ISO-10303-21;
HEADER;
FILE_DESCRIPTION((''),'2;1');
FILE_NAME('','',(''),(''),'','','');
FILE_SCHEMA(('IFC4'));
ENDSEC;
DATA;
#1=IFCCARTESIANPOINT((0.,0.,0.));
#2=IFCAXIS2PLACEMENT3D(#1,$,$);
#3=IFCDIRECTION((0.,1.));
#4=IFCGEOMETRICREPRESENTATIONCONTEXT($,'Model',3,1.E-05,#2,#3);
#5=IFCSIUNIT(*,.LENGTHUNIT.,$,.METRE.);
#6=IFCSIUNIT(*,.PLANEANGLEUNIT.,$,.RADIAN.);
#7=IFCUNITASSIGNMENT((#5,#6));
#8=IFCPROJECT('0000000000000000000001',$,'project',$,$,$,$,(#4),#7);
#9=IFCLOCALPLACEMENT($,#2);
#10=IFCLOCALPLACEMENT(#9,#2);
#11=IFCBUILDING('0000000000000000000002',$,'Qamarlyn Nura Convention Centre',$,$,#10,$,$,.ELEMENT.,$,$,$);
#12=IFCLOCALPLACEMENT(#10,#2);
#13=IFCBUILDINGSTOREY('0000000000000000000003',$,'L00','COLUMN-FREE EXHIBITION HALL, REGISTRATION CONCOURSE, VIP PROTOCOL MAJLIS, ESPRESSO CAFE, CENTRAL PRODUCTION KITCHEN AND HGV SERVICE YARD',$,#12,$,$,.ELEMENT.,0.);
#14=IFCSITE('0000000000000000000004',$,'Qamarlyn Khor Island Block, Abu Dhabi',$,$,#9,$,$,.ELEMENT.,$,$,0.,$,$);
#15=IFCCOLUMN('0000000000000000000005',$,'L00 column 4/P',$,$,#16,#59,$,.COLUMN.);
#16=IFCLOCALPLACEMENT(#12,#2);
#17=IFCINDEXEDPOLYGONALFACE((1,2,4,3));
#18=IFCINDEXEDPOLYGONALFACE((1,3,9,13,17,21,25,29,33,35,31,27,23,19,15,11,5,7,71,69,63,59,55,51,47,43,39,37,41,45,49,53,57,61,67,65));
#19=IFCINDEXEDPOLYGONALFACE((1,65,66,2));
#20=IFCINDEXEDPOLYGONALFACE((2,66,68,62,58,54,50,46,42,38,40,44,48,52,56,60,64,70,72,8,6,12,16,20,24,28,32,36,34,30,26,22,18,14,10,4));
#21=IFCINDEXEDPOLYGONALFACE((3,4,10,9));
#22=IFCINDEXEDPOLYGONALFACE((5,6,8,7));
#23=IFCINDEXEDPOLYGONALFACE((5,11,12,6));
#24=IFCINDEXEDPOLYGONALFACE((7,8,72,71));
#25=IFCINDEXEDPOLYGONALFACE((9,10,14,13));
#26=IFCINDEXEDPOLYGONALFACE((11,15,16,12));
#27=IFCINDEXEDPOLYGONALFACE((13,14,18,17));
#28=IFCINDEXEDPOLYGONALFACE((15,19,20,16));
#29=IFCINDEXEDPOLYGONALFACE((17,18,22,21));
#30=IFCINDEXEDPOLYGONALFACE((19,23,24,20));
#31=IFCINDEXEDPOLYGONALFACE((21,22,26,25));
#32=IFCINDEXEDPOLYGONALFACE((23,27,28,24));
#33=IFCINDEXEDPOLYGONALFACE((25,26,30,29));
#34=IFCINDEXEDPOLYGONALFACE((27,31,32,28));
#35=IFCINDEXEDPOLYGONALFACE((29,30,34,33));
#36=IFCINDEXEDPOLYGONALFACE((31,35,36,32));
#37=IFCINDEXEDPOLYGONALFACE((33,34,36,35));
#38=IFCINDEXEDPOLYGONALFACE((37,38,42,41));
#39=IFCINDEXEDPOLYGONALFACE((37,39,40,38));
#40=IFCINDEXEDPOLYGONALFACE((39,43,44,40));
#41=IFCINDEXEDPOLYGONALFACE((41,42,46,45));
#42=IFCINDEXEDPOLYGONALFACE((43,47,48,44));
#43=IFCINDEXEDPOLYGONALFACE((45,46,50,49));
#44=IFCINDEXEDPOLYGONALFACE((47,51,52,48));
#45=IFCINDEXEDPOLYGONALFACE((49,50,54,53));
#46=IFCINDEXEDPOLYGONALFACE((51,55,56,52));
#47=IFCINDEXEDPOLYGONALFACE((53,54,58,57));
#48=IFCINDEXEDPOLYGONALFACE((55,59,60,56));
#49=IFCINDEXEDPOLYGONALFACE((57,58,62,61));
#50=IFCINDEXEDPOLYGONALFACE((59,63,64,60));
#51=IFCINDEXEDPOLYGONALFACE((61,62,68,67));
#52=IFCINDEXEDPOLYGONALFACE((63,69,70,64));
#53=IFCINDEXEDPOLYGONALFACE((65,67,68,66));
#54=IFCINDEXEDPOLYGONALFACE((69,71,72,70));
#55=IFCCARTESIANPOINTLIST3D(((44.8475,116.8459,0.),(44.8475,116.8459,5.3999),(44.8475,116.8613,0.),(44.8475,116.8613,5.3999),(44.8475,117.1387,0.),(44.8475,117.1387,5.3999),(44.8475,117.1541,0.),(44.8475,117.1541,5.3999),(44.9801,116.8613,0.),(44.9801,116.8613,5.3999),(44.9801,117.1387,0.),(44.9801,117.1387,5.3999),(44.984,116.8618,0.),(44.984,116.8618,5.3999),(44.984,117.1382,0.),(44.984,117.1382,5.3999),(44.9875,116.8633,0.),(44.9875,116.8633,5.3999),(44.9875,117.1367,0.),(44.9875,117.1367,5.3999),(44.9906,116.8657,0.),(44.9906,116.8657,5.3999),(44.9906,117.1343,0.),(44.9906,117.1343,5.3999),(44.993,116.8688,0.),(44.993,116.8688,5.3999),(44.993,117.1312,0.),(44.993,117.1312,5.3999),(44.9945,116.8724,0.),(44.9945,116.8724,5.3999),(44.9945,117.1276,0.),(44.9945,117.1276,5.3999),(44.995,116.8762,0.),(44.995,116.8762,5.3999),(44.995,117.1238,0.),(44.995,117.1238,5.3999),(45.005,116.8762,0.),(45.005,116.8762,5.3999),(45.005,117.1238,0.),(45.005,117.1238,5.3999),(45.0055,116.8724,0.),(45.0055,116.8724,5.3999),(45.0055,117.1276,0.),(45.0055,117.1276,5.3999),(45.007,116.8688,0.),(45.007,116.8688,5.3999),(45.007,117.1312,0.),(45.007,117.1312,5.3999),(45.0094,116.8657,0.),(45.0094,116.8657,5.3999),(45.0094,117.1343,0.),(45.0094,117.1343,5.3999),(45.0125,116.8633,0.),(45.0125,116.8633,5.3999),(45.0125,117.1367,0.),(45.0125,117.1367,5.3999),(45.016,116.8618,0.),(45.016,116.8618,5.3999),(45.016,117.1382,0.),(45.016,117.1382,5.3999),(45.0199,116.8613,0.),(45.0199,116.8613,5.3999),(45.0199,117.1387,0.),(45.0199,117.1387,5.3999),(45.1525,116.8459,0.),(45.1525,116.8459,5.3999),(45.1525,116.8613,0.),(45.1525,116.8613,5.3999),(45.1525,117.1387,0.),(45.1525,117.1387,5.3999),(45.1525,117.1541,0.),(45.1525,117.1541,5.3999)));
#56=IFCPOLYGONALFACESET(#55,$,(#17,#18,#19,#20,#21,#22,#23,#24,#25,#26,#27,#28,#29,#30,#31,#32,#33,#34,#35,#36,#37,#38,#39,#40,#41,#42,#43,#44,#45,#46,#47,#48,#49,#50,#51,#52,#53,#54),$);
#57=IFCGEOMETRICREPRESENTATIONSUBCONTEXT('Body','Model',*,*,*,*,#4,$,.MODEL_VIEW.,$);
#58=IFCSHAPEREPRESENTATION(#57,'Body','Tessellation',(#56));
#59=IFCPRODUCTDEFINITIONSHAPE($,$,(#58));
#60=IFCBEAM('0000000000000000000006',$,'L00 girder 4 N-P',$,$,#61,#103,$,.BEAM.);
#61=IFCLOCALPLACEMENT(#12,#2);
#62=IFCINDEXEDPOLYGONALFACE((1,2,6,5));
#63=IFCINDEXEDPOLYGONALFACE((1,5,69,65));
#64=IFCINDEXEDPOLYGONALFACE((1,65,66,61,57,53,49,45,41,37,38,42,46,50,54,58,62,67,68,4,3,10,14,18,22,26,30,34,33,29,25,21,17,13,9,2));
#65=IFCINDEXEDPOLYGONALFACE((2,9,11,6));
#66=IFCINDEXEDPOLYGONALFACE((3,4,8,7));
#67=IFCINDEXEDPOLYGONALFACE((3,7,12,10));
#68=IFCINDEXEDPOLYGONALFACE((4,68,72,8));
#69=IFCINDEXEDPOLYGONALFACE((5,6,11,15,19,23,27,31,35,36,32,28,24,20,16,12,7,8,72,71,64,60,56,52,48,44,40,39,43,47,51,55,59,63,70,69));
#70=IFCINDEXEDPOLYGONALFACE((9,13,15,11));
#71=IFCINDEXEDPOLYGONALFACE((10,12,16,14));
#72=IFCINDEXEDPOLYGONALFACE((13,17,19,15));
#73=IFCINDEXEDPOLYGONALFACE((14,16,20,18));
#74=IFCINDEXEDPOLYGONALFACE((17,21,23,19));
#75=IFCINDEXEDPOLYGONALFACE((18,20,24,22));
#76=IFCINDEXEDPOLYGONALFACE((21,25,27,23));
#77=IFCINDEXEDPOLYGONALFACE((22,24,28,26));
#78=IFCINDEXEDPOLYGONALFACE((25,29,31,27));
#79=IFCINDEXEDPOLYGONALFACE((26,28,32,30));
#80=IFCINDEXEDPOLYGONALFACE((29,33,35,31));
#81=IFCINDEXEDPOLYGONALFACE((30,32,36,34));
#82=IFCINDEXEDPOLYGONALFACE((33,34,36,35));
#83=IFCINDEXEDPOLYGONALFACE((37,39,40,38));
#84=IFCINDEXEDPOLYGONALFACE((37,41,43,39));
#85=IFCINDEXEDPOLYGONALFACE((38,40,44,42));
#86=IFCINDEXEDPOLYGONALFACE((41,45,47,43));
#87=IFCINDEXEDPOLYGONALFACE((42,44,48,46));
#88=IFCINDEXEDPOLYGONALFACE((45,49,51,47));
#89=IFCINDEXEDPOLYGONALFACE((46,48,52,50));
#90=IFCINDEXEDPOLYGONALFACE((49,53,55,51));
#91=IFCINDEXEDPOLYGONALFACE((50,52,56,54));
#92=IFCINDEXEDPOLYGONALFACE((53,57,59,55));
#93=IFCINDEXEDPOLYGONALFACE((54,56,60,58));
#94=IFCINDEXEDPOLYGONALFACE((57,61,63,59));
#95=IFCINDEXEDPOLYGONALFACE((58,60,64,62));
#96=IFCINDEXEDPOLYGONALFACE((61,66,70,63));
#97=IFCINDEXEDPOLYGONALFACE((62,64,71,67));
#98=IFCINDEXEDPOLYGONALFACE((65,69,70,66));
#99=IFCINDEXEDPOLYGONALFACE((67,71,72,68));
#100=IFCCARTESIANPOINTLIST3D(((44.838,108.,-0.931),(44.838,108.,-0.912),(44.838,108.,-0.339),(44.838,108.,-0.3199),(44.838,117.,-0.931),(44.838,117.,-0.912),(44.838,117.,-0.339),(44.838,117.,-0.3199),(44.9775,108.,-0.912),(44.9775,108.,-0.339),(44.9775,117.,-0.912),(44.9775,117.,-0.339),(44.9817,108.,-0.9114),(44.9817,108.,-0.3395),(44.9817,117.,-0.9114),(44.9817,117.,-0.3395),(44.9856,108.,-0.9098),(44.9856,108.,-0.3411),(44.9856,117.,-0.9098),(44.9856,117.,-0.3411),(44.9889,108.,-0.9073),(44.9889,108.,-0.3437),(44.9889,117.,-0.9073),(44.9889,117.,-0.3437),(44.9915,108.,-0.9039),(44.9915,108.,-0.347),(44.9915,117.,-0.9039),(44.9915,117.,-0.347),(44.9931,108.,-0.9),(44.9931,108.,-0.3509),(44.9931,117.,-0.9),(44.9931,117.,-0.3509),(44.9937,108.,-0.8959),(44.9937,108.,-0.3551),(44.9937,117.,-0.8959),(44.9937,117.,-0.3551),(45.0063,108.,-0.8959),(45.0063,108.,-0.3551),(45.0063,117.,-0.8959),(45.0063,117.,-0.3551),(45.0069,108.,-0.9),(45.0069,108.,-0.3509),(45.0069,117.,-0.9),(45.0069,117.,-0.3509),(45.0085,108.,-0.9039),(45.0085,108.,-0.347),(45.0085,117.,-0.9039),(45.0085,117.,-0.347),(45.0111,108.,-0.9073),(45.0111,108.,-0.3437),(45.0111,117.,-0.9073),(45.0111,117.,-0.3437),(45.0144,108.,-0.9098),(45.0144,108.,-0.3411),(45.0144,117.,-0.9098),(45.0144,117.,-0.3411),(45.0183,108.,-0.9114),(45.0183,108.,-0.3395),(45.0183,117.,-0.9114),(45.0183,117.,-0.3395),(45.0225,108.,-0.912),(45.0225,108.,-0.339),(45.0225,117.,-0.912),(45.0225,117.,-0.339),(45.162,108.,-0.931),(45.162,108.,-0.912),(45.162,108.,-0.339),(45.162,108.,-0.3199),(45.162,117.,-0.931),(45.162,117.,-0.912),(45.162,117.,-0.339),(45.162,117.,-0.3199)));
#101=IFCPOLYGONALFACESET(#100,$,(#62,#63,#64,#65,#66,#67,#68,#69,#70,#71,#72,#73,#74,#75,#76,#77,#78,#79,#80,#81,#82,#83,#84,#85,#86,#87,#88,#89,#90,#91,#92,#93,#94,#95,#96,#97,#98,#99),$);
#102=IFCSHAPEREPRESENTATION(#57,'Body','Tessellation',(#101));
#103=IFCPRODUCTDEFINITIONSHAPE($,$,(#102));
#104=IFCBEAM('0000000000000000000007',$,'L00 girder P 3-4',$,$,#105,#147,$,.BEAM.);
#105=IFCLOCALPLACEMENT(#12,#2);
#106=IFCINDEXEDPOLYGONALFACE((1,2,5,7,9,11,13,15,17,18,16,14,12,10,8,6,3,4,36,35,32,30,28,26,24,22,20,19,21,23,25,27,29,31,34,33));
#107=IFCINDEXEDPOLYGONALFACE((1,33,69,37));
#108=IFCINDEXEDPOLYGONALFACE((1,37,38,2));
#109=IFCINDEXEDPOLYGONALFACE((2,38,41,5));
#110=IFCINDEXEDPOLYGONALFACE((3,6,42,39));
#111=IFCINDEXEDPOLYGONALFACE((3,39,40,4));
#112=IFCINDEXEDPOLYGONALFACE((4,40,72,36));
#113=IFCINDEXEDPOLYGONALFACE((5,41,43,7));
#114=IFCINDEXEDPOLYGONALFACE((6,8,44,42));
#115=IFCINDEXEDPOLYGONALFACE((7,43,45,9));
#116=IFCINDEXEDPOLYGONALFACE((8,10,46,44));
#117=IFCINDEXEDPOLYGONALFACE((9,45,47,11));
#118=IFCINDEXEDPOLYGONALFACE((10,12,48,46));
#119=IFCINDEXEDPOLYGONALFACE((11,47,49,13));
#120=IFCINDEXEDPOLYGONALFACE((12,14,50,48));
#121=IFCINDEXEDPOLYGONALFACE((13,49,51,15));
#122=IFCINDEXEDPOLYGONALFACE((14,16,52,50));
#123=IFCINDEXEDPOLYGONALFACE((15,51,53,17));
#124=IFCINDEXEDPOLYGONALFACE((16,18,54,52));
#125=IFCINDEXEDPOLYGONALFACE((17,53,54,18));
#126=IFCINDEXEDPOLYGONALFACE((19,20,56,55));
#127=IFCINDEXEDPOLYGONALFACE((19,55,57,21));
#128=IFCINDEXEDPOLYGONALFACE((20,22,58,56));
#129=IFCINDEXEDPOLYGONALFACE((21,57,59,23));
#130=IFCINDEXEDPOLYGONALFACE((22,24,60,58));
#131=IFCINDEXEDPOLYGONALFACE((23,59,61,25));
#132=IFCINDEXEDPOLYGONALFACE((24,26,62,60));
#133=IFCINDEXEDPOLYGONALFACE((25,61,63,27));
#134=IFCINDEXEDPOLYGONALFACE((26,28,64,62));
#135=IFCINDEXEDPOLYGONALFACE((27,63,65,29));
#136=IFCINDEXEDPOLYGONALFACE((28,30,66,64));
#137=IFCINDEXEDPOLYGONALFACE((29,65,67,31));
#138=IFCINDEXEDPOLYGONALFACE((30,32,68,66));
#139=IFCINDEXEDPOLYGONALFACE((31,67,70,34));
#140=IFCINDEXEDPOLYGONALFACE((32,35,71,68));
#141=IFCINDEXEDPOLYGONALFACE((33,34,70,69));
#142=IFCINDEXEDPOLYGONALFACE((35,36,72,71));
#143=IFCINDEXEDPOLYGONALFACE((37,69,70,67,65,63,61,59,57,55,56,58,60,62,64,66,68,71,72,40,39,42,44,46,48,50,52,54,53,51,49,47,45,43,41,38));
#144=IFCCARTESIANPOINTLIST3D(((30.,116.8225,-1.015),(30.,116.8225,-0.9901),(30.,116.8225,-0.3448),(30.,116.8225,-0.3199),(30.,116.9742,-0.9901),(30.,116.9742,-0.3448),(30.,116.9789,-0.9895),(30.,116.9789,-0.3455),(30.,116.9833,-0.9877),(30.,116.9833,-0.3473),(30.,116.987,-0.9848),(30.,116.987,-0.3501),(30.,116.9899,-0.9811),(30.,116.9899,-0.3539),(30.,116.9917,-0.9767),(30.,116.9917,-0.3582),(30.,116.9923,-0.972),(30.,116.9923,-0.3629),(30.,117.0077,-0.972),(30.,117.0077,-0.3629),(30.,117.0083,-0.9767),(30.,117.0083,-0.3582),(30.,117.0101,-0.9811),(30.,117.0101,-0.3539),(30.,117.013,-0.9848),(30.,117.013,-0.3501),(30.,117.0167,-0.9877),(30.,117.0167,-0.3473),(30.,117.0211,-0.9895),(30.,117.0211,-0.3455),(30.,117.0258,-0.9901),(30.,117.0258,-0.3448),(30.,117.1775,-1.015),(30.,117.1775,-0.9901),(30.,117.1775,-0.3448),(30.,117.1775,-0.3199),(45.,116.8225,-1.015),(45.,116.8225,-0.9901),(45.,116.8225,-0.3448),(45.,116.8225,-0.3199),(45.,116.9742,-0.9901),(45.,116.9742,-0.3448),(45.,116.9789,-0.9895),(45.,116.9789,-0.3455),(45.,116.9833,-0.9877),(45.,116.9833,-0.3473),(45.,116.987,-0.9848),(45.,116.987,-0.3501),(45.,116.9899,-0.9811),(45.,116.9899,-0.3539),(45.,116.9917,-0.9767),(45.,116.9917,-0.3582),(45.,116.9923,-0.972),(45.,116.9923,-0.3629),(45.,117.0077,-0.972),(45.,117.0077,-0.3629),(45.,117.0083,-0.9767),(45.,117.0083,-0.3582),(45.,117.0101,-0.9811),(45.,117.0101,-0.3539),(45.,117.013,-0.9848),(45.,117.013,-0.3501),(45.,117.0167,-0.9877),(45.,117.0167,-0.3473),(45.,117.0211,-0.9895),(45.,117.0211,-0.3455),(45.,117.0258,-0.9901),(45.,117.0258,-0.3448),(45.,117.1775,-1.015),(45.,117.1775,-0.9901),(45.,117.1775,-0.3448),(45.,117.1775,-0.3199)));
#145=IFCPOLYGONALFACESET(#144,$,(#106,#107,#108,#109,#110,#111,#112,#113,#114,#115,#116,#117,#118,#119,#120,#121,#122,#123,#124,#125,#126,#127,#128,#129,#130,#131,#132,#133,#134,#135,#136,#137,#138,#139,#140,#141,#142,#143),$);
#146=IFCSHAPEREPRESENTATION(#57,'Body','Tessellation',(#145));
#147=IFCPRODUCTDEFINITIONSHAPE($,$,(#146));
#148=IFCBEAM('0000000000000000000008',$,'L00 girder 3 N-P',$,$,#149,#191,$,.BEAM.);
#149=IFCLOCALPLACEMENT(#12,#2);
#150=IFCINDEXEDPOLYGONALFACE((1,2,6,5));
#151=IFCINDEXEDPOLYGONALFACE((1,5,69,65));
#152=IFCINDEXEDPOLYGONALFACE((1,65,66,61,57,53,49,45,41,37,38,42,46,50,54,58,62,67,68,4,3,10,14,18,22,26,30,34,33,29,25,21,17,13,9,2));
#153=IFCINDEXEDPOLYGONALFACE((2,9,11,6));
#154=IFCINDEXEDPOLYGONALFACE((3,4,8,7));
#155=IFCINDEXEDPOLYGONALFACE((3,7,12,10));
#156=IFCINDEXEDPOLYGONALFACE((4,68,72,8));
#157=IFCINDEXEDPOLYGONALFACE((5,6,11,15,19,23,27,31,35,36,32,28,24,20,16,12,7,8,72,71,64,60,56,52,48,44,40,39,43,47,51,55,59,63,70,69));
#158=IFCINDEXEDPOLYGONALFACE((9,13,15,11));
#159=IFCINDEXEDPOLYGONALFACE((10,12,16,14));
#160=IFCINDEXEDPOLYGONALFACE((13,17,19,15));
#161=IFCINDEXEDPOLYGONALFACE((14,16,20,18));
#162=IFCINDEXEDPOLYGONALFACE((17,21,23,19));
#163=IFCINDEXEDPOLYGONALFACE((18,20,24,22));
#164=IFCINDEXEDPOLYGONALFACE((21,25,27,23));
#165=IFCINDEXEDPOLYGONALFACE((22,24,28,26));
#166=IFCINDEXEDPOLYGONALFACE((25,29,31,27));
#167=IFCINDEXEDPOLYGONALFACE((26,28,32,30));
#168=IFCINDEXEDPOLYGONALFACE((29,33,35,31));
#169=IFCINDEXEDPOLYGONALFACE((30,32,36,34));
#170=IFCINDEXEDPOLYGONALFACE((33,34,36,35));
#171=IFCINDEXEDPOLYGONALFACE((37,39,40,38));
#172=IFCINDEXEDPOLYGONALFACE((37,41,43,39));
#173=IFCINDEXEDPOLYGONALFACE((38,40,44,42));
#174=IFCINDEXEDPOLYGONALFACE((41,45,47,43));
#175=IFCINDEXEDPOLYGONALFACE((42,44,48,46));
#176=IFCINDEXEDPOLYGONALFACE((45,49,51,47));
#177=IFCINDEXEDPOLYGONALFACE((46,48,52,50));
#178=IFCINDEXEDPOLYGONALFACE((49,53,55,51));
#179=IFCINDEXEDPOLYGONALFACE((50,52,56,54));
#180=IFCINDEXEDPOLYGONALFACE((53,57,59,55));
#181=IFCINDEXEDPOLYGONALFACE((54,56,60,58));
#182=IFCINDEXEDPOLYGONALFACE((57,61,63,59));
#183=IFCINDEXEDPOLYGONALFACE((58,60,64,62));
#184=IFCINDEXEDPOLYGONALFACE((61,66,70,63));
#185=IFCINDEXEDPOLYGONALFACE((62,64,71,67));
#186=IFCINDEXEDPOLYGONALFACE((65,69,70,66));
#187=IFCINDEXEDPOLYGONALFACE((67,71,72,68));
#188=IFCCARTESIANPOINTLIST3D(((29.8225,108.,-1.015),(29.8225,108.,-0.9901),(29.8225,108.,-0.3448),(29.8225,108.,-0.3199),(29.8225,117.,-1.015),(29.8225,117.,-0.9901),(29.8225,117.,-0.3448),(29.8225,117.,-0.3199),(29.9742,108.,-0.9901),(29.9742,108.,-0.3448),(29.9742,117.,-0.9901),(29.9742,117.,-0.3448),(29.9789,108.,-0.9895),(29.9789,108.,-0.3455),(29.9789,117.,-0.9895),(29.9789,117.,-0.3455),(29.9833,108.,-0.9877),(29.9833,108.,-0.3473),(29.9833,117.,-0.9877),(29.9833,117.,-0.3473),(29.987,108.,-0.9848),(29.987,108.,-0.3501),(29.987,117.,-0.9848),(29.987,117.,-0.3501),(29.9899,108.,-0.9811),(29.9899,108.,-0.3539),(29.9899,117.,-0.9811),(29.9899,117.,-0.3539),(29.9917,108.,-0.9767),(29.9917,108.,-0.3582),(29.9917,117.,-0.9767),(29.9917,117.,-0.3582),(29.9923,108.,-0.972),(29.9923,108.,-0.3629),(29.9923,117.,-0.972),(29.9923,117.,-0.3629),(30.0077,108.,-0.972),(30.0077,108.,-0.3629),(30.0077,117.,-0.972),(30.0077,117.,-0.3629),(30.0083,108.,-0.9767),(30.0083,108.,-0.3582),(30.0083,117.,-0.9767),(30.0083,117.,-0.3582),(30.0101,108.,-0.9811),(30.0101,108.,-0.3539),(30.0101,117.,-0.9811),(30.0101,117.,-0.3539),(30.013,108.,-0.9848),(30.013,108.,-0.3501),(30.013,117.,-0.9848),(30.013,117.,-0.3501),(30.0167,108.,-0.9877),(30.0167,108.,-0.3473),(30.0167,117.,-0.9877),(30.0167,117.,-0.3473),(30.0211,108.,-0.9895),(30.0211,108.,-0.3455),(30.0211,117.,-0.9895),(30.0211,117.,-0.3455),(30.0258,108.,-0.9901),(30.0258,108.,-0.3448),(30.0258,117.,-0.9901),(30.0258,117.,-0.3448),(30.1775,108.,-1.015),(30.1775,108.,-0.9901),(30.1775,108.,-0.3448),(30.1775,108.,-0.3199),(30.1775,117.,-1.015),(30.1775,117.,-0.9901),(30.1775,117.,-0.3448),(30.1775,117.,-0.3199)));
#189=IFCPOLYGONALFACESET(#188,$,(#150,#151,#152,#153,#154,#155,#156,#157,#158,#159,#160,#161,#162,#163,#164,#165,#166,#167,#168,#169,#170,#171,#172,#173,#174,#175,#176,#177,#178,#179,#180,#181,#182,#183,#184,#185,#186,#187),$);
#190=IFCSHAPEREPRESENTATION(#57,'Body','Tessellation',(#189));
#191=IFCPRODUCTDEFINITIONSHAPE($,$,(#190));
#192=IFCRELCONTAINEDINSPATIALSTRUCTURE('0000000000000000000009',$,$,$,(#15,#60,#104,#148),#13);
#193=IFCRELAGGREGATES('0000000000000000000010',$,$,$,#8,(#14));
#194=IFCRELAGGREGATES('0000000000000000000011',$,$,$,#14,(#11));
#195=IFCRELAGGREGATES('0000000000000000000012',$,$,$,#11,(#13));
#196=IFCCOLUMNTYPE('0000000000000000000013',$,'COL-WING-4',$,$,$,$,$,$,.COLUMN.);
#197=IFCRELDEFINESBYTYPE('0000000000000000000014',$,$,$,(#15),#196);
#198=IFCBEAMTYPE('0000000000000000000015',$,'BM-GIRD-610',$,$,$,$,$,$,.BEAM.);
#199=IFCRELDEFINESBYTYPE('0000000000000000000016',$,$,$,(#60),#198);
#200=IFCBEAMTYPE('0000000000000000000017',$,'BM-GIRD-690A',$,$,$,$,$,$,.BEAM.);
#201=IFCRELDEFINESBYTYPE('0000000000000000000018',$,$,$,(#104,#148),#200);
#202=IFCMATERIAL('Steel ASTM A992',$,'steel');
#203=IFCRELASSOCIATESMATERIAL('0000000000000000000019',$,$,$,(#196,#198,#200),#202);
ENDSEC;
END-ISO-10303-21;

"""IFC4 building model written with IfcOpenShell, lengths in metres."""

from ifc_helpers import new_model, si_unit, direction, frame, origin, origin_2d, place, context, subcontext, project, spatial, i_section, extrude, material, material_profile, profile_set, type_object, element, save


model = new_model("IFC4")

# Units and contexts
model_context = context("Model", 3, precision=1e-05, world=origin(), true_north=direction((0.0, 1.0)))
body_context = subcontext(model_context, "Body", "Model", "MODEL_VIEW")
ifc_project = project(units=[si_unit("LENGTHUNIT", "METRE"), si_unit("PLANEANGLEUNIT", "RADIAN")], contexts=[model_context])

# Site, building, storey
site_placement = place(None, origin())
site = spatial("IfcSite", under=ifc_project, at=site_placement, Name="Qamarlyn Khor Island Block, Abu Dhabi", CompositionType="ELEMENT", RefElevation=0.0)
building_placement = place(site_placement, origin())
building = spatial("IfcBuilding", under=site, at=building_placement, Name="Qamarlyn Nura Convention Centre", CompositionType="ELEMENT")
storey_placement = place(building_placement, origin())
storey = spatial("IfcBuildingStorey", under=building, at=storey_placement, Name="L00", Description="COLUMN-FREE EXHIBITION HALL, REGISTRATION CONCOURSE, VIP PROTOCOL MAJLIS, ESPRESSO CAFE, CENTRAL PRODUCTION KITCHEN AND HGV SERVICE YARD", CompositionType="ELEMENT", Elevation=0.0)

# Column
ifc_material_1 = material(Name="Steel ASTM A992", Category="steel")
ifc_material_profile_1 = material_profile(ifc_material_1, i_section(OverallWidth=0.3049, OverallDepth=0.3081, WebThickness=0.01, FlangeThickness=0.0154, FilletRadius=0.0149, at=origin_2d()), Name="W310X97")
ifc_profile_set_1 = profile_set([ifc_material_profile_1], Name="Steel ASTM A992")
column_type_1 = type_object("IfcColumnType", Name="COL-WING-4", PredefinedType="COLUMN", material=ifc_profile_set_1)
for number, where, z_axis, x_axis, name in (
    (1, (45.0, 117.0, 0.0), (0.0, 0.0, 1.0), (1.0, 0.0, 0.0), "L00 column 4/P"),
):
    element("IfcColumn", number, at=place(storey_placement, frame(where, z_axis=z_axis, x_axis=x_axis)), inside=storey, type_object=column_type_1, Name=name, PredefinedType="COLUMN", context=body_context, shape_type="SweptSolid", body=[
        extrude(i_section(OverallWidth=0.3049, OverallDepth=0.3081, WebThickness=0.01, FlangeThickness=0.0154, FilletRadius=0.0149, at=origin_2d()), origin(), (0.0, 0.0, 1.0), 5.3999),
    ])

# Beams
ifc_material_profile_2 = material_profile(ifc_material_1, i_section(OverallWidth=0.324, OverallDepth=0.6111, WebThickness=0.0127, FlangeThickness=0.019, FilletRadius=0.0161, at=origin_2d()), Name="W610X155")
ifc_profile_set_2 = profile_set([ifc_material_profile_2], Name="Steel ASTM A992")
beam_type_1 = type_object("IfcBeamType", Name="BM-GIRD-610", PredefinedType="BEAM", material=ifc_profile_set_2)
beam_1_placement = place(storey_placement, frame((45.0, 108.0, -0.6255), z_axis=(0.0, 1.0, 0.0), x_axis=(-1.0, 0.0, 0.0)))
element("IfcBeam", 2, at=beam_1_placement, inside=storey, type_object=beam_type_1, Name="L00 girder 4 N-P", PredefinedType="BEAM", context=body_context, shape_type="SweptSolid", body=[
    extrude(i_section(OverallWidth=0.324, OverallDepth=0.6111, WebThickness=0.0127, FlangeThickness=0.019, FilletRadius=0.0161, at=origin_2d()), origin(), (0.0, 0.0, 1.0), 9.0),
])
ifc_material_profile_3 = material_profile(ifc_material_1, i_section(OverallWidth=0.355, OverallDepth=0.6951, WebThickness=0.0154, FlangeThickness=0.0249, FilletRadius=0.0181, at=origin_2d()), Name="W690X217")
ifc_profile_set_3 = profile_set([ifc_material_profile_3], Name="Steel ASTM A992")
beam_type_2 = type_object("IfcBeamType", Name="BM-GIRD-690A", PredefinedType="BEAM", material=ifc_profile_set_3)
beam_2_placement = place(storey_placement, frame((30.0, 117.0, -0.6675), z_axis=(1.0, 0.0, 0.0), x_axis=(0.0, 1.0, 0.0)))
element("IfcBeam", 3, at=beam_2_placement, inside=storey, type_object=beam_type_2, Name="L00 girder P 3-4", PredefinedType="BEAM", context=body_context, shape_type="SweptSolid", body=[
    extrude(i_section(OverallWidth=0.355, OverallDepth=0.6951, WebThickness=0.0154, FlangeThickness=0.0249, FilletRadius=0.0181, at=origin_2d()), origin(), (0.0, 0.0, 1.0), 15.0),
])
beam_3_placement = place(storey_placement, frame((30.0, 108.0, -0.6675), z_axis=(0.0, 1.0, 0.0), x_axis=(-1.0, 0.0, 0.0)))
element("IfcBeam", 4, at=beam_3_placement, inside=storey, type_object=beam_type_2, Name="L00 girder 3 N-P", PredefinedType="BEAM", context=body_context, shape_type="SweptSolid", body=[
    extrude(i_section(OverallWidth=0.355, OverallDepth=0.6951, WebThickness=0.0154, FlangeThickness=0.0249, FilletRadius=0.0181, at=origin_2d()), origin(), (0.0, 0.0, 1.0), 9.0),
])

save(model, "model.ifc")
